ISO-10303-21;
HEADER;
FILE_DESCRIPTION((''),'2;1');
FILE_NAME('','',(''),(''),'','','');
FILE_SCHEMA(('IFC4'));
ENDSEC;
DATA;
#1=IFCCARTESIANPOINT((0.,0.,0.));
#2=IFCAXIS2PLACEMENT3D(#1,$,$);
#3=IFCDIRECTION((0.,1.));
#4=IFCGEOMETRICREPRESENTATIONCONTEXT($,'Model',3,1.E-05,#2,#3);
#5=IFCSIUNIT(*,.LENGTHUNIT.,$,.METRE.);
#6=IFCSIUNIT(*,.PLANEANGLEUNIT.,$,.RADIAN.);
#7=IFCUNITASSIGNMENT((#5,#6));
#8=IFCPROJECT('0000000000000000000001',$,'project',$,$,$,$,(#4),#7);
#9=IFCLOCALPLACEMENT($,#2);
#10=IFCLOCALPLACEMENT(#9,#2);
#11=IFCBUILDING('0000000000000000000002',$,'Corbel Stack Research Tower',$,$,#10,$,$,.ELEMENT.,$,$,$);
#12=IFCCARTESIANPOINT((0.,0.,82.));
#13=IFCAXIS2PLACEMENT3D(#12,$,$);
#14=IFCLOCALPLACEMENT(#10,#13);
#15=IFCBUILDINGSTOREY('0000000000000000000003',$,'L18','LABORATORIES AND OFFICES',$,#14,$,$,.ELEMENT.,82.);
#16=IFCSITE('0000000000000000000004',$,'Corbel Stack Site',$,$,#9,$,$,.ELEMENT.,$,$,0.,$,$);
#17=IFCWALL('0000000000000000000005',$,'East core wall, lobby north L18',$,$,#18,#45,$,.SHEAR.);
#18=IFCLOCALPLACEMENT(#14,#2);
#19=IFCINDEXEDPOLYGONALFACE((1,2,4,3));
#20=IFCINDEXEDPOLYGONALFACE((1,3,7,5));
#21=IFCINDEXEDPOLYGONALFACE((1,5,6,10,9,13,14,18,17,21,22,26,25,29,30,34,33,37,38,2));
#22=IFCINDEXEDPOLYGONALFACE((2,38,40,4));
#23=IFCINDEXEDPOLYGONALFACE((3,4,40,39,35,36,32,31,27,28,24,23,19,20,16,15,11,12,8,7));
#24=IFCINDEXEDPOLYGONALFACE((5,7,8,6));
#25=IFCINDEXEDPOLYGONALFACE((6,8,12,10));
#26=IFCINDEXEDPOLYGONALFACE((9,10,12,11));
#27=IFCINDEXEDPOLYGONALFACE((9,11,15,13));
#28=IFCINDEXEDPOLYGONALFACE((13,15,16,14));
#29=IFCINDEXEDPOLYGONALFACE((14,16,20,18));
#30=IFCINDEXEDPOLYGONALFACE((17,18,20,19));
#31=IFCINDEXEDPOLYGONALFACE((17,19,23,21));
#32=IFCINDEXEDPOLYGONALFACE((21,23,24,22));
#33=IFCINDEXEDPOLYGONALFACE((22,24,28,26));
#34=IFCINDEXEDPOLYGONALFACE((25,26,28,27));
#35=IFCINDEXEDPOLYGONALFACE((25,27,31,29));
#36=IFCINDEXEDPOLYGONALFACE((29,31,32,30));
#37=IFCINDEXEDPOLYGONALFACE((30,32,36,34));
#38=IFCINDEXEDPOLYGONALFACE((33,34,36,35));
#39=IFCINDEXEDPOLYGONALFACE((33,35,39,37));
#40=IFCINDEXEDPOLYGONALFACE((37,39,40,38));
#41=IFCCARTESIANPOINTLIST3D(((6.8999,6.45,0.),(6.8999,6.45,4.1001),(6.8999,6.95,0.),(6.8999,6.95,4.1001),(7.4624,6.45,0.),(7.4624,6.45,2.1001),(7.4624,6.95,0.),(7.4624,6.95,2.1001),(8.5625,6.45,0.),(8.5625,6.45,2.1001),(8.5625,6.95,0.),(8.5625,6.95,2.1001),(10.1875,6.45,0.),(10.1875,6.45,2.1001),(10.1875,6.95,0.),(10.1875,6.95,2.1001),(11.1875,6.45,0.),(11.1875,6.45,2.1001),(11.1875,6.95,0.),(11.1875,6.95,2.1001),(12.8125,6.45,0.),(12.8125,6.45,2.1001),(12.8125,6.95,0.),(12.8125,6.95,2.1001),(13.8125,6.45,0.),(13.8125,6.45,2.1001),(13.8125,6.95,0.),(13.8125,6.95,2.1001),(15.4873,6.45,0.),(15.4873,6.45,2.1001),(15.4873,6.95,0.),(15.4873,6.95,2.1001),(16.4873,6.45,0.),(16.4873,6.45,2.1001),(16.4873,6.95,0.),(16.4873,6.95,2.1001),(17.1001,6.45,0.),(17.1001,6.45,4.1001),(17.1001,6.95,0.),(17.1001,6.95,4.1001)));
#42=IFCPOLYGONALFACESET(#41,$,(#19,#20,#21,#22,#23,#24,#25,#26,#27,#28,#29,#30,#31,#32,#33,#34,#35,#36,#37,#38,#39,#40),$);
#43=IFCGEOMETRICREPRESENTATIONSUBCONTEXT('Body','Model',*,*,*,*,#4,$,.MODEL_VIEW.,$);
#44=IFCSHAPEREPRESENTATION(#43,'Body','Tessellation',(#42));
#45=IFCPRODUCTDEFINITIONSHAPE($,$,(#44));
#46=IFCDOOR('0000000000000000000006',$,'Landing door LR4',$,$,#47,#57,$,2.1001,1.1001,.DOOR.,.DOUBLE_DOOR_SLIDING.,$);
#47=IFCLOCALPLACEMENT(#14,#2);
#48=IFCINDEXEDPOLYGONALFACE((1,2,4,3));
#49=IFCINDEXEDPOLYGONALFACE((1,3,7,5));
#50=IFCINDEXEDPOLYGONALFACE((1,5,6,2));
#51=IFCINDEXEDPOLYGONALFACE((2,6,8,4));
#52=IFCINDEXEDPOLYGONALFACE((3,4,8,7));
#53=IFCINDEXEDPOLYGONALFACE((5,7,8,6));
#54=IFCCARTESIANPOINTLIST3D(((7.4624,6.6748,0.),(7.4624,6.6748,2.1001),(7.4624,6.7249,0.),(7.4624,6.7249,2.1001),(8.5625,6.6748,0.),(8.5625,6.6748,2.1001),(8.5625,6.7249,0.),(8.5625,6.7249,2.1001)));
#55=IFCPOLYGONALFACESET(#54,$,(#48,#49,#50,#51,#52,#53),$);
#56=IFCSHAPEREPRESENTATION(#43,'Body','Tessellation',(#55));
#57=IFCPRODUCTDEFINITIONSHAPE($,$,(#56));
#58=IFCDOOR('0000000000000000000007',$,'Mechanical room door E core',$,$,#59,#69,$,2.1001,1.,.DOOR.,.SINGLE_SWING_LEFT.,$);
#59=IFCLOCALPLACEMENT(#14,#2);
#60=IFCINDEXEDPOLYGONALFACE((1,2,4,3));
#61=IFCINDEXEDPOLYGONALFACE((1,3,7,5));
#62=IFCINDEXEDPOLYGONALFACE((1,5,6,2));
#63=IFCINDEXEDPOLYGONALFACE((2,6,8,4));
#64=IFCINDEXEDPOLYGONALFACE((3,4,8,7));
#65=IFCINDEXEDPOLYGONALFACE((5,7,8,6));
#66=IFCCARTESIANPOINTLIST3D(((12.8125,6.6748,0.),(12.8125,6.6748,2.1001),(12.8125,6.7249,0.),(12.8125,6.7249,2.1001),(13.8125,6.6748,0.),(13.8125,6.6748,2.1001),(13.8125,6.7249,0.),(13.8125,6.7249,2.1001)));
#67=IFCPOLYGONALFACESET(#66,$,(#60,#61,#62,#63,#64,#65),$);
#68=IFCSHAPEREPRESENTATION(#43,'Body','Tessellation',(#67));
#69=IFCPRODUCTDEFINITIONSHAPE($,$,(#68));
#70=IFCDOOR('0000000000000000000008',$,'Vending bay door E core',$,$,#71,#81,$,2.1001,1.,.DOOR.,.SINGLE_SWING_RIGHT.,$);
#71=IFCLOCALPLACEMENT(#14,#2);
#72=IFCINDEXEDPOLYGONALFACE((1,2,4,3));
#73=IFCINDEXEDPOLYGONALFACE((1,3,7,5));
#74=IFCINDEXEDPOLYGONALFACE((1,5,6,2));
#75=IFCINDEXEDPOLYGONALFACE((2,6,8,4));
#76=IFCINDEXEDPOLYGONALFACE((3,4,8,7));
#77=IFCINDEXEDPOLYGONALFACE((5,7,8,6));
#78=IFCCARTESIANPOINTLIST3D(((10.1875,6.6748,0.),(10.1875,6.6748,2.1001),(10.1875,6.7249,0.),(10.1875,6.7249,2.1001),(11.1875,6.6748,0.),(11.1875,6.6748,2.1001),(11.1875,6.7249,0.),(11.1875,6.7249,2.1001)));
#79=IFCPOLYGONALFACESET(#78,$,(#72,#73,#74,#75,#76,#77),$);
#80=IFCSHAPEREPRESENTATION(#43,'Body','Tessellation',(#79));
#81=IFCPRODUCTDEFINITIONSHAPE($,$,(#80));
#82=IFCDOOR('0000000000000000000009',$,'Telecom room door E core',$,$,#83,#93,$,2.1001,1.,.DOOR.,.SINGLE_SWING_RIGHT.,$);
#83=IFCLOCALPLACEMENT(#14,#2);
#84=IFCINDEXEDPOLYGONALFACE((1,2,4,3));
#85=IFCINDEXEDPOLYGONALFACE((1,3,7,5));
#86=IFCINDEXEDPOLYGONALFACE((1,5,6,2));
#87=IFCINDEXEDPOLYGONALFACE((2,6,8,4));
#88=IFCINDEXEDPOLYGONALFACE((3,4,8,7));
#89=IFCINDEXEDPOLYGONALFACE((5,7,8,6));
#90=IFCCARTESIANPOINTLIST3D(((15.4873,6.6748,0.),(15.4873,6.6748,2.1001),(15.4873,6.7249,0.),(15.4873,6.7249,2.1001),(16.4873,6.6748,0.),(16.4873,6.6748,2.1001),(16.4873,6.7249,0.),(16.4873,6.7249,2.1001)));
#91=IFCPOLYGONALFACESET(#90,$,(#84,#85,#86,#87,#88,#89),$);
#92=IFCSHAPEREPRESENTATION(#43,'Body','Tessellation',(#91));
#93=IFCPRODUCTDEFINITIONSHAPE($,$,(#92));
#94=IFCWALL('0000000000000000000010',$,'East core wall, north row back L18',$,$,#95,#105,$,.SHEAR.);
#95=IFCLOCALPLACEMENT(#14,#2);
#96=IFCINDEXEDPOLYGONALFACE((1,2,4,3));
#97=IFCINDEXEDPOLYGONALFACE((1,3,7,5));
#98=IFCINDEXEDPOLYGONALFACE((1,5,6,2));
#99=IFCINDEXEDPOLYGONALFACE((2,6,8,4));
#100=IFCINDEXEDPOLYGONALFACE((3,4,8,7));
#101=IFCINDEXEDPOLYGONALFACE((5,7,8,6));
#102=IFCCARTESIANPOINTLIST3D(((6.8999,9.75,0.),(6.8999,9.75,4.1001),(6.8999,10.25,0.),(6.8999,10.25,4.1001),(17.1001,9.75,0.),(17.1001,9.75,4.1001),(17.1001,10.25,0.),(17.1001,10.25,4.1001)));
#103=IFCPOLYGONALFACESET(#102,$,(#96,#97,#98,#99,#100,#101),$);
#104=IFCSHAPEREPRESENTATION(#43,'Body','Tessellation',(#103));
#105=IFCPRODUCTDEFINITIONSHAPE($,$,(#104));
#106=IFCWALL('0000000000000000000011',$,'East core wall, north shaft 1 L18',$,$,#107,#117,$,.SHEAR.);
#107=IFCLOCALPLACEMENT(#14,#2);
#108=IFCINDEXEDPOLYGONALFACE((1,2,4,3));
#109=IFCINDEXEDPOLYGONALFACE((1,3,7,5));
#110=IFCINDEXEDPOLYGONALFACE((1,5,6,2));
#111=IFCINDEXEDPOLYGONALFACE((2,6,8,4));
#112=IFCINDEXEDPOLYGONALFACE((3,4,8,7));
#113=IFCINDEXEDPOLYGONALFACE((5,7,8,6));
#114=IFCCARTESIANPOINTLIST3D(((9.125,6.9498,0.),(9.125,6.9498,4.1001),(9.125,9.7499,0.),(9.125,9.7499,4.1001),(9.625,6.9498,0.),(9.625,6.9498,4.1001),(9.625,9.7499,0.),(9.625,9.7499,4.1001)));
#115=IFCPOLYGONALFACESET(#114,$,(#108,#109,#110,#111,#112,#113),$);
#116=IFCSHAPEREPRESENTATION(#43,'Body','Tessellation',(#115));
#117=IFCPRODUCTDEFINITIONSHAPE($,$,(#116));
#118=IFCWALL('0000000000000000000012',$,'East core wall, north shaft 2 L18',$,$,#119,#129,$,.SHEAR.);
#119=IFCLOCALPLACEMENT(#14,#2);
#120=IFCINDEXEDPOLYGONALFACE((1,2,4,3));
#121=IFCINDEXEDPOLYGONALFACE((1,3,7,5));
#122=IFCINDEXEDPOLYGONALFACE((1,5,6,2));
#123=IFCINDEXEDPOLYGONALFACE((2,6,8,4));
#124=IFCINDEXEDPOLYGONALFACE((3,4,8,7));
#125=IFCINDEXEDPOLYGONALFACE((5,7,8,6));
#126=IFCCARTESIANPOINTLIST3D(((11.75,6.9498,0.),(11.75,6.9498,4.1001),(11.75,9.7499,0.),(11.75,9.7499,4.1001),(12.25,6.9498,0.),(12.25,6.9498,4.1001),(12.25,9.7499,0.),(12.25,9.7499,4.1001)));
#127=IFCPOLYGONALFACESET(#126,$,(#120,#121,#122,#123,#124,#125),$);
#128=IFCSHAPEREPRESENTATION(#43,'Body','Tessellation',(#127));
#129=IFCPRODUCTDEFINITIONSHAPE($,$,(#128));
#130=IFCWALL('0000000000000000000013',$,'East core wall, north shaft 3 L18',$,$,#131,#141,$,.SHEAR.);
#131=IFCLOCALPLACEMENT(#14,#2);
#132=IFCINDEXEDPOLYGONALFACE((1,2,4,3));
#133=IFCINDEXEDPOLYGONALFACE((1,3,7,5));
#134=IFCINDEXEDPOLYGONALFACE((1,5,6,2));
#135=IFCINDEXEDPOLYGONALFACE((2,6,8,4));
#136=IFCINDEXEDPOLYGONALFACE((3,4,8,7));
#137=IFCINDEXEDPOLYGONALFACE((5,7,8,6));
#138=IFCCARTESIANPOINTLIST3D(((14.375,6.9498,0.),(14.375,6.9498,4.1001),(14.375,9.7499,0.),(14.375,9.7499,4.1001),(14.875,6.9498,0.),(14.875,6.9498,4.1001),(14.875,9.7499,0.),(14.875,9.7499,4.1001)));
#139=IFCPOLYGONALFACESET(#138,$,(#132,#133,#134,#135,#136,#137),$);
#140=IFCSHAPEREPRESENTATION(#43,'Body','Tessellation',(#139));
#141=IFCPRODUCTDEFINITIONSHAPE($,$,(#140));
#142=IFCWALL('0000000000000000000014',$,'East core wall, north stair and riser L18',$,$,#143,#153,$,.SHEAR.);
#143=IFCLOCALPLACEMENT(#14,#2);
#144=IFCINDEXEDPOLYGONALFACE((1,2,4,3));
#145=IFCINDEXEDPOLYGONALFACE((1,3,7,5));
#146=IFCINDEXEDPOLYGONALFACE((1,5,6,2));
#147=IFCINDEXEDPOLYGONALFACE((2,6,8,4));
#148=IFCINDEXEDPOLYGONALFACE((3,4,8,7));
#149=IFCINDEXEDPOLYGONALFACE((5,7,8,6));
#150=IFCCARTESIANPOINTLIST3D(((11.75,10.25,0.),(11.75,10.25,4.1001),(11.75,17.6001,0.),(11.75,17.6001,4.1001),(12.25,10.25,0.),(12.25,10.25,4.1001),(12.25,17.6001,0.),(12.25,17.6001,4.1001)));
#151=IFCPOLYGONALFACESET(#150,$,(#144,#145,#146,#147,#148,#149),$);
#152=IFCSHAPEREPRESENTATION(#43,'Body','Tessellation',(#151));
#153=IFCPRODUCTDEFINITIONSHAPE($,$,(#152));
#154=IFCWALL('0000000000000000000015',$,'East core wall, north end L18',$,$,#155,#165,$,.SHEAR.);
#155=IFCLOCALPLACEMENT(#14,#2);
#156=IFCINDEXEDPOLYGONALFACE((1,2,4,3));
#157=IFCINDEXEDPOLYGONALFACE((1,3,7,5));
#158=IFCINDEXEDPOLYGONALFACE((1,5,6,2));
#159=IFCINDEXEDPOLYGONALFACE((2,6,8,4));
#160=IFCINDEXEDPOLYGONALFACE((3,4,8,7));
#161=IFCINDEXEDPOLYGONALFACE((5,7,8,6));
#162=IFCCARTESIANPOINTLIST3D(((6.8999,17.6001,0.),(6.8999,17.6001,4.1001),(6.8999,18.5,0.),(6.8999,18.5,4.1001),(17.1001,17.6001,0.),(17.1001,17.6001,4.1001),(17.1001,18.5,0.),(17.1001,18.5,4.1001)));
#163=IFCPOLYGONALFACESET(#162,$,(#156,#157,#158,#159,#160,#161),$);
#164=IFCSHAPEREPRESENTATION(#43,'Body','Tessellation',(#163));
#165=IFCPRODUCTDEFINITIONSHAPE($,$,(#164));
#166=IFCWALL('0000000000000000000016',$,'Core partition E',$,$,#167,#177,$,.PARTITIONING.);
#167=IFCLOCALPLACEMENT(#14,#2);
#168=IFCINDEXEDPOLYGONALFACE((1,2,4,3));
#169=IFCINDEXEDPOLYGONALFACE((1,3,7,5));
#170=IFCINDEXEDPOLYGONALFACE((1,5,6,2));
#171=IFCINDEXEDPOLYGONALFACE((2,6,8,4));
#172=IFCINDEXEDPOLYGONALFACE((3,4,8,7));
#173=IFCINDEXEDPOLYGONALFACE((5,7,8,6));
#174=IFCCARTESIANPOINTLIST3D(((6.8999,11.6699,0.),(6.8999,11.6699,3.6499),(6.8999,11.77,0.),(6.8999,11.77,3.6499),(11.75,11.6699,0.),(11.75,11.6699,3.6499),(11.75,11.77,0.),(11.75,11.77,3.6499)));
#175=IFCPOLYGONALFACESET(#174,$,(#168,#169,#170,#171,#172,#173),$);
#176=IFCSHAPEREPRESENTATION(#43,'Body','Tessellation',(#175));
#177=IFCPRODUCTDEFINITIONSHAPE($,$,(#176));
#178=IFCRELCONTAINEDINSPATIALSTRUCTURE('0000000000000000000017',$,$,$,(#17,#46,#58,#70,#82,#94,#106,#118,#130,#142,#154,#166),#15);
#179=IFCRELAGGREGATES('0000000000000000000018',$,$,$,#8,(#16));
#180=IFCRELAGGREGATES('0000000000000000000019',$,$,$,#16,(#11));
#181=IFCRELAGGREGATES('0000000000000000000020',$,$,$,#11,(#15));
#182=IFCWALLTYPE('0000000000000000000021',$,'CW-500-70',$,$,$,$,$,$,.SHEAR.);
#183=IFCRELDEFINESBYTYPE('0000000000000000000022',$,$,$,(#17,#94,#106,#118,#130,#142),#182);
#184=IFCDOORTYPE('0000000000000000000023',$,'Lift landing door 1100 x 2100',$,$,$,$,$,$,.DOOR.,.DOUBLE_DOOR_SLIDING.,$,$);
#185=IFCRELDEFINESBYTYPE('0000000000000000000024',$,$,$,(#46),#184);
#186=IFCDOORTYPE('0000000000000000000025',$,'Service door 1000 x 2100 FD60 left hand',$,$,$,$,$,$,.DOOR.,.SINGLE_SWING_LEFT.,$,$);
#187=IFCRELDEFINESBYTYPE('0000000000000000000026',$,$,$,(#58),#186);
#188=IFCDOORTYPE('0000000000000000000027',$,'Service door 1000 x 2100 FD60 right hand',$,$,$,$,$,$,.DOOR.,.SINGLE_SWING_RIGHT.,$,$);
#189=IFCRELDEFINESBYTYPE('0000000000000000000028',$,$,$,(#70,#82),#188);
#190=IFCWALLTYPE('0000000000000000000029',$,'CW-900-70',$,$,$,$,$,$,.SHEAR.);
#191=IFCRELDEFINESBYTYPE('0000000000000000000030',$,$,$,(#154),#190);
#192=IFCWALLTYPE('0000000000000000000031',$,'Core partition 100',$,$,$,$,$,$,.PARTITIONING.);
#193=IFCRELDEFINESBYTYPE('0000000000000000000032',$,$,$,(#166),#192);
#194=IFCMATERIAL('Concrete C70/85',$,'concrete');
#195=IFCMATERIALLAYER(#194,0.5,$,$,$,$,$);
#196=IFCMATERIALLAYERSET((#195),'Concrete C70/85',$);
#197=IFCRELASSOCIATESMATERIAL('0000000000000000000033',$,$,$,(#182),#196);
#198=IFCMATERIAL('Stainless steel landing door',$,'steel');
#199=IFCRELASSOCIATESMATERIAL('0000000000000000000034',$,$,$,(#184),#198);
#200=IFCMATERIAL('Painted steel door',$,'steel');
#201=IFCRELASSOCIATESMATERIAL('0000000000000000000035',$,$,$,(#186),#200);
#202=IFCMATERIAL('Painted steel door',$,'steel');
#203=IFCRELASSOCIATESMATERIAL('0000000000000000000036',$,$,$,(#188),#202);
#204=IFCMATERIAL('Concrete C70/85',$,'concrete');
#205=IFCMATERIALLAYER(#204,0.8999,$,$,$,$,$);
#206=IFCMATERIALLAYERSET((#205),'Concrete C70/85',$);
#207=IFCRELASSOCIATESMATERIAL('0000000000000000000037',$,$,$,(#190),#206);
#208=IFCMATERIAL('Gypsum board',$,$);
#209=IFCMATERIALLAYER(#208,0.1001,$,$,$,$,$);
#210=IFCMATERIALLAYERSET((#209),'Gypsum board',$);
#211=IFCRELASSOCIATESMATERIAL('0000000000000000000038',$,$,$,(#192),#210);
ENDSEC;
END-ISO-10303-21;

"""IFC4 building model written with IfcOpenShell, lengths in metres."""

from ifc_helpers import new_model, si_unit, direction, frame, frame_2d, origin, place, context, subcontext, project, spatial, rectangle, extrude, material, layer, layer_set, type_object, element, fill, save


model = new_model("IFC4")

# Units and contexts
model_context = context("Model", 3, precision=1e-05, world=origin(), true_north=direction((0.0, 1.0)))
body_context = subcontext(model_context, "Body", "Model", "MODEL_VIEW")
ifc_project = project(units=[si_unit("LENGTHUNIT", "METRE"), si_unit("PLANEANGLEUNIT", "RADIAN")], contexts=[model_context])

# Site, building, storey
site_placement = place(None, origin())
site = spatial("IfcSite", under=ifc_project, at=site_placement, Name="Corbel Stack Site", CompositionType="ELEMENT", RefElevation=0.0)
building_placement = place(site_placement, origin())
building = spatial("IfcBuilding", under=site, at=building_placement, Name="Corbel Stack Research Tower", CompositionType="ELEMENT")
storey_placement = place(building_placement, frame((0.0, 0.0, 82.0)))
storey = spatial("IfcBuildingStorey", under=building, at=storey_placement, Name="L18", Description="LABORATORIES AND OFFICES", CompositionType="ELEMENT", Elevation=82.0)

# Wall, openings, doors
ifc_material_1 = material(Name="Concrete C70/85", Category="concrete")
ifc_layer_1 = layer(ifc_material_1, 0.5)
ifc_layer_set_1 = layer_set([ifc_layer_1], Name="Concrete C70/85")
wall_type_1 = type_object("IfcWallType", Name="CW-500-70", PredefinedType="SHEAR", material=ifc_layer_set_1)
wall_1_placement = place(storey_placement, frame((6.8999, 6.7, 0.0), z_axis=(0.0, 0.0, 1.0), x_axis=(1.0, 0.0, 0.0)))
wall_1 = element("IfcWall", 1, at=wall_1_placement, inside=storey, type_object=wall_type_1, Name="East core wall, lobby north L18", PredefinedType="SHEAR", context=body_context, shape_type="SweptSolid", body=[
    extrude(rectangle(XDim=10.2002, YDim=0.5, at=frame_2d((5.1001, 0.0))), origin(), (0.0, 0.0, 1.0), 4.1001),
])
opening_1_placement = place(wall_1_placement, frame((0.5625, 0.0, 0.0)))
opening_1 = element("IfcOpeningElement", 2, at=opening_1_placement, cuts=wall_1, PredefinedType="OPENING", context=body_context, shape_type="SweptSolid", body=[
    extrude(rectangle(XDim=1.1001, YDim=2.1001, at=frame_2d((0.55, 1.05))), frame((0.0, 0.26, 0.0), z_axis=(0.0, -1.0, 0.0), x_axis=(1.0, 0.0, 0.0)), (0.0, 0.0, 1.0), 0.52),
])
opening_2_placement = place(wall_1_placement, frame((3.2876, 0.0, 0.0)))
opening_2 = element("IfcOpeningElement", 3, at=opening_2_placement, cuts=wall_1, PredefinedType="OPENING", context=body_context, shape_type="SweptSolid", body=[
    extrude(rectangle(XDim=1.0, YDim=2.1001, at=frame_2d((0.5, 1.05))), frame((0.0, 0.26, 0.0), z_axis=(0.0, -1.0, 0.0), x_axis=(1.0, 0.0, 0.0)), (0.0, 0.0, 1.0), 0.52),
])
opening_3_placement = place(wall_1_placement, frame((5.9126, 0.0, 0.0)))
opening_3 = element("IfcOpeningElement", 4, at=opening_3_placement, cuts=wall_1, PredefinedType="OPENING", context=body_context, shape_type="SweptSolid", body=[
    extrude(rectangle(XDim=1.0, YDim=2.1001, at=frame_2d((0.5, 1.05))), frame((0.0, 0.26, 0.0), z_axis=(0.0, -1.0, 0.0), x_axis=(1.0, 0.0, 0.0)), (0.0, 0.0, 1.0), 0.52),
])
opening_4_placement = place(wall_1_placement, frame((8.5874, 0.0, 0.0)))
opening_4 = element("IfcOpeningElement", 5, at=opening_4_placement, cuts=wall_1, PredefinedType="OPENING", context=body_context, shape_type="SweptSolid", body=[
    extrude(rectangle(XDim=1.0, YDim=2.1001, at=frame_2d((0.5, 1.05))), frame((0.0, 0.26, 0.0), z_axis=(0.0, -1.0, 0.0), x_axis=(1.0, 0.0, 0.0)), (0.0, 0.0, 1.0), 0.52),
])
ifc_material_2 = material(Name="Stainless steel landing door", Category="steel")
door_type_1 = type_object("IfcDoorType", Name="Lift landing door 1100 x 2100", OperationType="DOUBLE_DOOR_SLIDING", PredefinedType="DOOR", material=ifc_material_2)
door_1_placement = place(opening_1_placement, origin())
door_1 = element("IfcDoor", 6, at=door_1_placement, inside=storey, type_object=door_type_1, Name="Landing door LR4", OperationType="DOUBLE_DOOR_SLIDING", OverallHeight=2.1001, OverallWidth=1.1001, PredefinedType="DOOR", context=body_context, shape_type="SweptSolid", body=[
    extrude(rectangle(XDim=1.1001, YDim=2.1001, at=frame_2d((0.55, 1.05))), frame((0.0, 0.0249, 0.0), z_axis=(0.0, -1.0, 0.0), x_axis=(1.0, 0.0, 0.0)), (0.0, 0.0, 1.0), 0.05),
])
fill(opening_1, door_1)
ifc_material_3 = material(Name="Painted steel door", Category="steel")
door_type_2 = type_object("IfcDoorType", Name="Service door 1000 x 2100 FD60 left hand", OperationType="SINGLE_SWING_LEFT", PredefinedType="DOOR", material=ifc_material_3)
door_2_placement = place(opening_3_placement, origin())
door_2 = element("IfcDoor", 7, at=door_2_placement, inside=storey, type_object=door_type_2, Name="Mechanical room door E core", OperationType="SINGLE_SWING_LEFT", OverallHeight=2.1001, OverallWidth=1.0, PredefinedType="DOOR", context=body_context, shape_type="SweptSolid", body=[
    extrude(rectangle(XDim=1.0, YDim=2.1001, at=frame_2d((0.5, 1.05))), frame((0.0, 0.0249, 0.0), z_axis=(0.0, -1.0, 0.0), x_axis=(1.0, 0.0, 0.0)), (0.0, 0.0, 1.0), 0.05),
])
fill(opening_3, door_2)
ifc_material_4 = material(Name="Painted steel door", Category="steel")
door_type_3 = type_object("IfcDoorType", Name="Service door 1000 x 2100 FD60 right hand", OperationType="SINGLE_SWING_RIGHT", PredefinedType="DOOR", material=ifc_material_4)
door_3_placement = place(opening_2_placement, origin())
door_3 = element("IfcDoor", 8, at=door_3_placement, inside=storey, type_object=door_type_3, Name="Vending bay door E core", OperationType="SINGLE_SWING_RIGHT", OverallHeight=2.1001, OverallWidth=1.0, PredefinedType="DOOR", context=body_context, shape_type="SweptSolid", body=[
    extrude(rectangle(XDim=1.0, YDim=2.1001, at=frame_2d((0.5, 1.05))), frame((0.0, 0.0249, 0.0), z_axis=(0.0, -1.0, 0.0), x_axis=(1.0, 0.0, 0.0)), (0.0, 0.0, 1.0), 0.05),
])
fill(opening_2, door_3)
door_4_placement = place(opening_4_placement, origin())
door_4 = element("IfcDoor", 9, at=door_4_placement, inside=storey, type_object=door_type_3, Name="Telecom room door E core", OperationType="SINGLE_SWING_RIGHT", OverallHeight=2.1001, OverallWidth=1.0, PredefinedType="DOOR", context=body_context, shape_type="SweptSolid", body=[
    extrude(rectangle(XDim=1.0, YDim=2.1001, at=frame_2d((0.5, 1.05))), frame((0.0, 0.0249, 0.0), z_axis=(0.0, -1.0, 0.0), x_axis=(1.0, 0.0, 0.0)), (0.0, 0.0, 1.0), 0.05),
])
fill(opening_4, door_4)

# Walls
wall_2_placement = place(storey_placement, frame((6.8999, 10.0, 0.0), z_axis=(0.0, 0.0, 1.0), x_axis=(1.0, 0.0, 0.0)))
element("IfcWall", 10, at=wall_2_placement, inside=storey, type_object=wall_type_1, Name="East core wall, north row back L18", PredefinedType="SHEAR", context=body_context, shape_type="SweptSolid", body=[
    extrude(rectangle(XDim=10.2002, YDim=0.5, at=frame_2d((5.1001, 0.0))), origin(), (0.0, 0.0, 1.0), 4.1001),
])
for number, where, z_axis, x_axis, name in (
    (11, (9.375, 6.95, 0.0), (0.0, 0.0, 1.0), (0.0, 1.0, 0.0), "East core wall, north shaft 1 L18"),
    (12, (12.0, 6.95, 0.0), (0.0, 0.0, 1.0), (0.0, 1.0, 0.0), "East core wall, north shaft 2 L18"),
    (13, (14.625, 6.95, 0.0), (0.0, 0.0, 1.0), (0.0, 1.0, 0.0), "East core wall, north shaft 3 L18"),
):
    element("IfcWall", number, at=place(storey_placement, frame(where, z_axis=z_axis, x_axis=x_axis)), inside=storey, type_object=wall_type_1, Name=name, PredefinedType="SHEAR", context=body_context, shape_type="SweptSolid", body=[
        extrude(rectangle(XDim=2.8, YDim=0.5, at=frame_2d((1.3999, 0.0))), origin(), (0.0, 0.0, 1.0), 4.1001),
    ])
wall_3_placement = place(storey_placement, frame((12.0, 10.25, 0.0), z_axis=(0.0, 0.0, 1.0), x_axis=(0.0, 1.0, 0.0)))
element("IfcWall", 14, at=wall_3_placement, inside=storey, type_object=wall_type_1, Name="East core wall, north stair and riser L18", PredefinedType="SHEAR", context=body_context, shape_type="SweptSolid", body=[
    extrude(rectangle(XDim=7.3501, YDim=0.5, at=frame_2d((3.675, 0.0))), origin(), (0.0, 0.0, 1.0), 4.1001),
])
ifc_material_5 = material(Name="Concrete C70/85", Category="concrete")
ifc_layer_2 = layer(ifc_material_5, 0.8999)
ifc_layer_set_2 = layer_set([ifc_layer_2], Name="Concrete C70/85")
wall_type_2 = type_object("IfcWallType", Name="CW-900-70", PredefinedType="SHEAR", material=ifc_layer_set_2)
wall_4_placement = place(storey_placement, frame((6.8999, 18.05, 0.0), z_axis=(0.0, 0.0, 1.0), x_axis=(1.0, 0.0, 0.0)))
element("IfcWall", 15, at=wall_4_placement, inside=storey, type_object=wall_type_2, Name="East core wall, north end L18", PredefinedType="SHEAR", context=body_context, shape_type="SweptSolid", body=[
    extrude(rectangle(XDim=10.2002, YDim=0.8999, at=frame_2d((5.1001, 0.0))), origin(), (0.0, 0.0, 1.0), 4.1001),
])
ifc_material_6 = material(Name="Gypsum board")
ifc_layer_3 = layer(ifc_material_6, 0.1001)
ifc_layer_set_3 = layer_set([ifc_layer_3], Name="Gypsum board")
wall_type_3 = type_object("IfcWallType", Name="Core partition 100", PredefinedType="PARTITIONING", material=ifc_layer_set_3)
for number, where, z_axis, x_axis, name in (
    (16, (6.8999, 11.72, 0.0), (0.0, 0.0, 1.0), (1.0, 0.0, 0.0), "Core partition E"),
):
    element("IfcWall", number, at=place(storey_placement, frame(where, z_axis=z_axis, x_axis=x_axis)), inside=storey, type_object=wall_type_3, Name=name, PredefinedType="PARTITIONING", context=body_context, shape_type="SweptSolid", body=[
        extrude(rectangle(XDim=4.8501, YDim=0.1001, at=frame_2d((2.425, 0.0))), origin(), (0.0, 0.0, 1.0), 3.6499),
    ])

save(model, "model.ifc")
